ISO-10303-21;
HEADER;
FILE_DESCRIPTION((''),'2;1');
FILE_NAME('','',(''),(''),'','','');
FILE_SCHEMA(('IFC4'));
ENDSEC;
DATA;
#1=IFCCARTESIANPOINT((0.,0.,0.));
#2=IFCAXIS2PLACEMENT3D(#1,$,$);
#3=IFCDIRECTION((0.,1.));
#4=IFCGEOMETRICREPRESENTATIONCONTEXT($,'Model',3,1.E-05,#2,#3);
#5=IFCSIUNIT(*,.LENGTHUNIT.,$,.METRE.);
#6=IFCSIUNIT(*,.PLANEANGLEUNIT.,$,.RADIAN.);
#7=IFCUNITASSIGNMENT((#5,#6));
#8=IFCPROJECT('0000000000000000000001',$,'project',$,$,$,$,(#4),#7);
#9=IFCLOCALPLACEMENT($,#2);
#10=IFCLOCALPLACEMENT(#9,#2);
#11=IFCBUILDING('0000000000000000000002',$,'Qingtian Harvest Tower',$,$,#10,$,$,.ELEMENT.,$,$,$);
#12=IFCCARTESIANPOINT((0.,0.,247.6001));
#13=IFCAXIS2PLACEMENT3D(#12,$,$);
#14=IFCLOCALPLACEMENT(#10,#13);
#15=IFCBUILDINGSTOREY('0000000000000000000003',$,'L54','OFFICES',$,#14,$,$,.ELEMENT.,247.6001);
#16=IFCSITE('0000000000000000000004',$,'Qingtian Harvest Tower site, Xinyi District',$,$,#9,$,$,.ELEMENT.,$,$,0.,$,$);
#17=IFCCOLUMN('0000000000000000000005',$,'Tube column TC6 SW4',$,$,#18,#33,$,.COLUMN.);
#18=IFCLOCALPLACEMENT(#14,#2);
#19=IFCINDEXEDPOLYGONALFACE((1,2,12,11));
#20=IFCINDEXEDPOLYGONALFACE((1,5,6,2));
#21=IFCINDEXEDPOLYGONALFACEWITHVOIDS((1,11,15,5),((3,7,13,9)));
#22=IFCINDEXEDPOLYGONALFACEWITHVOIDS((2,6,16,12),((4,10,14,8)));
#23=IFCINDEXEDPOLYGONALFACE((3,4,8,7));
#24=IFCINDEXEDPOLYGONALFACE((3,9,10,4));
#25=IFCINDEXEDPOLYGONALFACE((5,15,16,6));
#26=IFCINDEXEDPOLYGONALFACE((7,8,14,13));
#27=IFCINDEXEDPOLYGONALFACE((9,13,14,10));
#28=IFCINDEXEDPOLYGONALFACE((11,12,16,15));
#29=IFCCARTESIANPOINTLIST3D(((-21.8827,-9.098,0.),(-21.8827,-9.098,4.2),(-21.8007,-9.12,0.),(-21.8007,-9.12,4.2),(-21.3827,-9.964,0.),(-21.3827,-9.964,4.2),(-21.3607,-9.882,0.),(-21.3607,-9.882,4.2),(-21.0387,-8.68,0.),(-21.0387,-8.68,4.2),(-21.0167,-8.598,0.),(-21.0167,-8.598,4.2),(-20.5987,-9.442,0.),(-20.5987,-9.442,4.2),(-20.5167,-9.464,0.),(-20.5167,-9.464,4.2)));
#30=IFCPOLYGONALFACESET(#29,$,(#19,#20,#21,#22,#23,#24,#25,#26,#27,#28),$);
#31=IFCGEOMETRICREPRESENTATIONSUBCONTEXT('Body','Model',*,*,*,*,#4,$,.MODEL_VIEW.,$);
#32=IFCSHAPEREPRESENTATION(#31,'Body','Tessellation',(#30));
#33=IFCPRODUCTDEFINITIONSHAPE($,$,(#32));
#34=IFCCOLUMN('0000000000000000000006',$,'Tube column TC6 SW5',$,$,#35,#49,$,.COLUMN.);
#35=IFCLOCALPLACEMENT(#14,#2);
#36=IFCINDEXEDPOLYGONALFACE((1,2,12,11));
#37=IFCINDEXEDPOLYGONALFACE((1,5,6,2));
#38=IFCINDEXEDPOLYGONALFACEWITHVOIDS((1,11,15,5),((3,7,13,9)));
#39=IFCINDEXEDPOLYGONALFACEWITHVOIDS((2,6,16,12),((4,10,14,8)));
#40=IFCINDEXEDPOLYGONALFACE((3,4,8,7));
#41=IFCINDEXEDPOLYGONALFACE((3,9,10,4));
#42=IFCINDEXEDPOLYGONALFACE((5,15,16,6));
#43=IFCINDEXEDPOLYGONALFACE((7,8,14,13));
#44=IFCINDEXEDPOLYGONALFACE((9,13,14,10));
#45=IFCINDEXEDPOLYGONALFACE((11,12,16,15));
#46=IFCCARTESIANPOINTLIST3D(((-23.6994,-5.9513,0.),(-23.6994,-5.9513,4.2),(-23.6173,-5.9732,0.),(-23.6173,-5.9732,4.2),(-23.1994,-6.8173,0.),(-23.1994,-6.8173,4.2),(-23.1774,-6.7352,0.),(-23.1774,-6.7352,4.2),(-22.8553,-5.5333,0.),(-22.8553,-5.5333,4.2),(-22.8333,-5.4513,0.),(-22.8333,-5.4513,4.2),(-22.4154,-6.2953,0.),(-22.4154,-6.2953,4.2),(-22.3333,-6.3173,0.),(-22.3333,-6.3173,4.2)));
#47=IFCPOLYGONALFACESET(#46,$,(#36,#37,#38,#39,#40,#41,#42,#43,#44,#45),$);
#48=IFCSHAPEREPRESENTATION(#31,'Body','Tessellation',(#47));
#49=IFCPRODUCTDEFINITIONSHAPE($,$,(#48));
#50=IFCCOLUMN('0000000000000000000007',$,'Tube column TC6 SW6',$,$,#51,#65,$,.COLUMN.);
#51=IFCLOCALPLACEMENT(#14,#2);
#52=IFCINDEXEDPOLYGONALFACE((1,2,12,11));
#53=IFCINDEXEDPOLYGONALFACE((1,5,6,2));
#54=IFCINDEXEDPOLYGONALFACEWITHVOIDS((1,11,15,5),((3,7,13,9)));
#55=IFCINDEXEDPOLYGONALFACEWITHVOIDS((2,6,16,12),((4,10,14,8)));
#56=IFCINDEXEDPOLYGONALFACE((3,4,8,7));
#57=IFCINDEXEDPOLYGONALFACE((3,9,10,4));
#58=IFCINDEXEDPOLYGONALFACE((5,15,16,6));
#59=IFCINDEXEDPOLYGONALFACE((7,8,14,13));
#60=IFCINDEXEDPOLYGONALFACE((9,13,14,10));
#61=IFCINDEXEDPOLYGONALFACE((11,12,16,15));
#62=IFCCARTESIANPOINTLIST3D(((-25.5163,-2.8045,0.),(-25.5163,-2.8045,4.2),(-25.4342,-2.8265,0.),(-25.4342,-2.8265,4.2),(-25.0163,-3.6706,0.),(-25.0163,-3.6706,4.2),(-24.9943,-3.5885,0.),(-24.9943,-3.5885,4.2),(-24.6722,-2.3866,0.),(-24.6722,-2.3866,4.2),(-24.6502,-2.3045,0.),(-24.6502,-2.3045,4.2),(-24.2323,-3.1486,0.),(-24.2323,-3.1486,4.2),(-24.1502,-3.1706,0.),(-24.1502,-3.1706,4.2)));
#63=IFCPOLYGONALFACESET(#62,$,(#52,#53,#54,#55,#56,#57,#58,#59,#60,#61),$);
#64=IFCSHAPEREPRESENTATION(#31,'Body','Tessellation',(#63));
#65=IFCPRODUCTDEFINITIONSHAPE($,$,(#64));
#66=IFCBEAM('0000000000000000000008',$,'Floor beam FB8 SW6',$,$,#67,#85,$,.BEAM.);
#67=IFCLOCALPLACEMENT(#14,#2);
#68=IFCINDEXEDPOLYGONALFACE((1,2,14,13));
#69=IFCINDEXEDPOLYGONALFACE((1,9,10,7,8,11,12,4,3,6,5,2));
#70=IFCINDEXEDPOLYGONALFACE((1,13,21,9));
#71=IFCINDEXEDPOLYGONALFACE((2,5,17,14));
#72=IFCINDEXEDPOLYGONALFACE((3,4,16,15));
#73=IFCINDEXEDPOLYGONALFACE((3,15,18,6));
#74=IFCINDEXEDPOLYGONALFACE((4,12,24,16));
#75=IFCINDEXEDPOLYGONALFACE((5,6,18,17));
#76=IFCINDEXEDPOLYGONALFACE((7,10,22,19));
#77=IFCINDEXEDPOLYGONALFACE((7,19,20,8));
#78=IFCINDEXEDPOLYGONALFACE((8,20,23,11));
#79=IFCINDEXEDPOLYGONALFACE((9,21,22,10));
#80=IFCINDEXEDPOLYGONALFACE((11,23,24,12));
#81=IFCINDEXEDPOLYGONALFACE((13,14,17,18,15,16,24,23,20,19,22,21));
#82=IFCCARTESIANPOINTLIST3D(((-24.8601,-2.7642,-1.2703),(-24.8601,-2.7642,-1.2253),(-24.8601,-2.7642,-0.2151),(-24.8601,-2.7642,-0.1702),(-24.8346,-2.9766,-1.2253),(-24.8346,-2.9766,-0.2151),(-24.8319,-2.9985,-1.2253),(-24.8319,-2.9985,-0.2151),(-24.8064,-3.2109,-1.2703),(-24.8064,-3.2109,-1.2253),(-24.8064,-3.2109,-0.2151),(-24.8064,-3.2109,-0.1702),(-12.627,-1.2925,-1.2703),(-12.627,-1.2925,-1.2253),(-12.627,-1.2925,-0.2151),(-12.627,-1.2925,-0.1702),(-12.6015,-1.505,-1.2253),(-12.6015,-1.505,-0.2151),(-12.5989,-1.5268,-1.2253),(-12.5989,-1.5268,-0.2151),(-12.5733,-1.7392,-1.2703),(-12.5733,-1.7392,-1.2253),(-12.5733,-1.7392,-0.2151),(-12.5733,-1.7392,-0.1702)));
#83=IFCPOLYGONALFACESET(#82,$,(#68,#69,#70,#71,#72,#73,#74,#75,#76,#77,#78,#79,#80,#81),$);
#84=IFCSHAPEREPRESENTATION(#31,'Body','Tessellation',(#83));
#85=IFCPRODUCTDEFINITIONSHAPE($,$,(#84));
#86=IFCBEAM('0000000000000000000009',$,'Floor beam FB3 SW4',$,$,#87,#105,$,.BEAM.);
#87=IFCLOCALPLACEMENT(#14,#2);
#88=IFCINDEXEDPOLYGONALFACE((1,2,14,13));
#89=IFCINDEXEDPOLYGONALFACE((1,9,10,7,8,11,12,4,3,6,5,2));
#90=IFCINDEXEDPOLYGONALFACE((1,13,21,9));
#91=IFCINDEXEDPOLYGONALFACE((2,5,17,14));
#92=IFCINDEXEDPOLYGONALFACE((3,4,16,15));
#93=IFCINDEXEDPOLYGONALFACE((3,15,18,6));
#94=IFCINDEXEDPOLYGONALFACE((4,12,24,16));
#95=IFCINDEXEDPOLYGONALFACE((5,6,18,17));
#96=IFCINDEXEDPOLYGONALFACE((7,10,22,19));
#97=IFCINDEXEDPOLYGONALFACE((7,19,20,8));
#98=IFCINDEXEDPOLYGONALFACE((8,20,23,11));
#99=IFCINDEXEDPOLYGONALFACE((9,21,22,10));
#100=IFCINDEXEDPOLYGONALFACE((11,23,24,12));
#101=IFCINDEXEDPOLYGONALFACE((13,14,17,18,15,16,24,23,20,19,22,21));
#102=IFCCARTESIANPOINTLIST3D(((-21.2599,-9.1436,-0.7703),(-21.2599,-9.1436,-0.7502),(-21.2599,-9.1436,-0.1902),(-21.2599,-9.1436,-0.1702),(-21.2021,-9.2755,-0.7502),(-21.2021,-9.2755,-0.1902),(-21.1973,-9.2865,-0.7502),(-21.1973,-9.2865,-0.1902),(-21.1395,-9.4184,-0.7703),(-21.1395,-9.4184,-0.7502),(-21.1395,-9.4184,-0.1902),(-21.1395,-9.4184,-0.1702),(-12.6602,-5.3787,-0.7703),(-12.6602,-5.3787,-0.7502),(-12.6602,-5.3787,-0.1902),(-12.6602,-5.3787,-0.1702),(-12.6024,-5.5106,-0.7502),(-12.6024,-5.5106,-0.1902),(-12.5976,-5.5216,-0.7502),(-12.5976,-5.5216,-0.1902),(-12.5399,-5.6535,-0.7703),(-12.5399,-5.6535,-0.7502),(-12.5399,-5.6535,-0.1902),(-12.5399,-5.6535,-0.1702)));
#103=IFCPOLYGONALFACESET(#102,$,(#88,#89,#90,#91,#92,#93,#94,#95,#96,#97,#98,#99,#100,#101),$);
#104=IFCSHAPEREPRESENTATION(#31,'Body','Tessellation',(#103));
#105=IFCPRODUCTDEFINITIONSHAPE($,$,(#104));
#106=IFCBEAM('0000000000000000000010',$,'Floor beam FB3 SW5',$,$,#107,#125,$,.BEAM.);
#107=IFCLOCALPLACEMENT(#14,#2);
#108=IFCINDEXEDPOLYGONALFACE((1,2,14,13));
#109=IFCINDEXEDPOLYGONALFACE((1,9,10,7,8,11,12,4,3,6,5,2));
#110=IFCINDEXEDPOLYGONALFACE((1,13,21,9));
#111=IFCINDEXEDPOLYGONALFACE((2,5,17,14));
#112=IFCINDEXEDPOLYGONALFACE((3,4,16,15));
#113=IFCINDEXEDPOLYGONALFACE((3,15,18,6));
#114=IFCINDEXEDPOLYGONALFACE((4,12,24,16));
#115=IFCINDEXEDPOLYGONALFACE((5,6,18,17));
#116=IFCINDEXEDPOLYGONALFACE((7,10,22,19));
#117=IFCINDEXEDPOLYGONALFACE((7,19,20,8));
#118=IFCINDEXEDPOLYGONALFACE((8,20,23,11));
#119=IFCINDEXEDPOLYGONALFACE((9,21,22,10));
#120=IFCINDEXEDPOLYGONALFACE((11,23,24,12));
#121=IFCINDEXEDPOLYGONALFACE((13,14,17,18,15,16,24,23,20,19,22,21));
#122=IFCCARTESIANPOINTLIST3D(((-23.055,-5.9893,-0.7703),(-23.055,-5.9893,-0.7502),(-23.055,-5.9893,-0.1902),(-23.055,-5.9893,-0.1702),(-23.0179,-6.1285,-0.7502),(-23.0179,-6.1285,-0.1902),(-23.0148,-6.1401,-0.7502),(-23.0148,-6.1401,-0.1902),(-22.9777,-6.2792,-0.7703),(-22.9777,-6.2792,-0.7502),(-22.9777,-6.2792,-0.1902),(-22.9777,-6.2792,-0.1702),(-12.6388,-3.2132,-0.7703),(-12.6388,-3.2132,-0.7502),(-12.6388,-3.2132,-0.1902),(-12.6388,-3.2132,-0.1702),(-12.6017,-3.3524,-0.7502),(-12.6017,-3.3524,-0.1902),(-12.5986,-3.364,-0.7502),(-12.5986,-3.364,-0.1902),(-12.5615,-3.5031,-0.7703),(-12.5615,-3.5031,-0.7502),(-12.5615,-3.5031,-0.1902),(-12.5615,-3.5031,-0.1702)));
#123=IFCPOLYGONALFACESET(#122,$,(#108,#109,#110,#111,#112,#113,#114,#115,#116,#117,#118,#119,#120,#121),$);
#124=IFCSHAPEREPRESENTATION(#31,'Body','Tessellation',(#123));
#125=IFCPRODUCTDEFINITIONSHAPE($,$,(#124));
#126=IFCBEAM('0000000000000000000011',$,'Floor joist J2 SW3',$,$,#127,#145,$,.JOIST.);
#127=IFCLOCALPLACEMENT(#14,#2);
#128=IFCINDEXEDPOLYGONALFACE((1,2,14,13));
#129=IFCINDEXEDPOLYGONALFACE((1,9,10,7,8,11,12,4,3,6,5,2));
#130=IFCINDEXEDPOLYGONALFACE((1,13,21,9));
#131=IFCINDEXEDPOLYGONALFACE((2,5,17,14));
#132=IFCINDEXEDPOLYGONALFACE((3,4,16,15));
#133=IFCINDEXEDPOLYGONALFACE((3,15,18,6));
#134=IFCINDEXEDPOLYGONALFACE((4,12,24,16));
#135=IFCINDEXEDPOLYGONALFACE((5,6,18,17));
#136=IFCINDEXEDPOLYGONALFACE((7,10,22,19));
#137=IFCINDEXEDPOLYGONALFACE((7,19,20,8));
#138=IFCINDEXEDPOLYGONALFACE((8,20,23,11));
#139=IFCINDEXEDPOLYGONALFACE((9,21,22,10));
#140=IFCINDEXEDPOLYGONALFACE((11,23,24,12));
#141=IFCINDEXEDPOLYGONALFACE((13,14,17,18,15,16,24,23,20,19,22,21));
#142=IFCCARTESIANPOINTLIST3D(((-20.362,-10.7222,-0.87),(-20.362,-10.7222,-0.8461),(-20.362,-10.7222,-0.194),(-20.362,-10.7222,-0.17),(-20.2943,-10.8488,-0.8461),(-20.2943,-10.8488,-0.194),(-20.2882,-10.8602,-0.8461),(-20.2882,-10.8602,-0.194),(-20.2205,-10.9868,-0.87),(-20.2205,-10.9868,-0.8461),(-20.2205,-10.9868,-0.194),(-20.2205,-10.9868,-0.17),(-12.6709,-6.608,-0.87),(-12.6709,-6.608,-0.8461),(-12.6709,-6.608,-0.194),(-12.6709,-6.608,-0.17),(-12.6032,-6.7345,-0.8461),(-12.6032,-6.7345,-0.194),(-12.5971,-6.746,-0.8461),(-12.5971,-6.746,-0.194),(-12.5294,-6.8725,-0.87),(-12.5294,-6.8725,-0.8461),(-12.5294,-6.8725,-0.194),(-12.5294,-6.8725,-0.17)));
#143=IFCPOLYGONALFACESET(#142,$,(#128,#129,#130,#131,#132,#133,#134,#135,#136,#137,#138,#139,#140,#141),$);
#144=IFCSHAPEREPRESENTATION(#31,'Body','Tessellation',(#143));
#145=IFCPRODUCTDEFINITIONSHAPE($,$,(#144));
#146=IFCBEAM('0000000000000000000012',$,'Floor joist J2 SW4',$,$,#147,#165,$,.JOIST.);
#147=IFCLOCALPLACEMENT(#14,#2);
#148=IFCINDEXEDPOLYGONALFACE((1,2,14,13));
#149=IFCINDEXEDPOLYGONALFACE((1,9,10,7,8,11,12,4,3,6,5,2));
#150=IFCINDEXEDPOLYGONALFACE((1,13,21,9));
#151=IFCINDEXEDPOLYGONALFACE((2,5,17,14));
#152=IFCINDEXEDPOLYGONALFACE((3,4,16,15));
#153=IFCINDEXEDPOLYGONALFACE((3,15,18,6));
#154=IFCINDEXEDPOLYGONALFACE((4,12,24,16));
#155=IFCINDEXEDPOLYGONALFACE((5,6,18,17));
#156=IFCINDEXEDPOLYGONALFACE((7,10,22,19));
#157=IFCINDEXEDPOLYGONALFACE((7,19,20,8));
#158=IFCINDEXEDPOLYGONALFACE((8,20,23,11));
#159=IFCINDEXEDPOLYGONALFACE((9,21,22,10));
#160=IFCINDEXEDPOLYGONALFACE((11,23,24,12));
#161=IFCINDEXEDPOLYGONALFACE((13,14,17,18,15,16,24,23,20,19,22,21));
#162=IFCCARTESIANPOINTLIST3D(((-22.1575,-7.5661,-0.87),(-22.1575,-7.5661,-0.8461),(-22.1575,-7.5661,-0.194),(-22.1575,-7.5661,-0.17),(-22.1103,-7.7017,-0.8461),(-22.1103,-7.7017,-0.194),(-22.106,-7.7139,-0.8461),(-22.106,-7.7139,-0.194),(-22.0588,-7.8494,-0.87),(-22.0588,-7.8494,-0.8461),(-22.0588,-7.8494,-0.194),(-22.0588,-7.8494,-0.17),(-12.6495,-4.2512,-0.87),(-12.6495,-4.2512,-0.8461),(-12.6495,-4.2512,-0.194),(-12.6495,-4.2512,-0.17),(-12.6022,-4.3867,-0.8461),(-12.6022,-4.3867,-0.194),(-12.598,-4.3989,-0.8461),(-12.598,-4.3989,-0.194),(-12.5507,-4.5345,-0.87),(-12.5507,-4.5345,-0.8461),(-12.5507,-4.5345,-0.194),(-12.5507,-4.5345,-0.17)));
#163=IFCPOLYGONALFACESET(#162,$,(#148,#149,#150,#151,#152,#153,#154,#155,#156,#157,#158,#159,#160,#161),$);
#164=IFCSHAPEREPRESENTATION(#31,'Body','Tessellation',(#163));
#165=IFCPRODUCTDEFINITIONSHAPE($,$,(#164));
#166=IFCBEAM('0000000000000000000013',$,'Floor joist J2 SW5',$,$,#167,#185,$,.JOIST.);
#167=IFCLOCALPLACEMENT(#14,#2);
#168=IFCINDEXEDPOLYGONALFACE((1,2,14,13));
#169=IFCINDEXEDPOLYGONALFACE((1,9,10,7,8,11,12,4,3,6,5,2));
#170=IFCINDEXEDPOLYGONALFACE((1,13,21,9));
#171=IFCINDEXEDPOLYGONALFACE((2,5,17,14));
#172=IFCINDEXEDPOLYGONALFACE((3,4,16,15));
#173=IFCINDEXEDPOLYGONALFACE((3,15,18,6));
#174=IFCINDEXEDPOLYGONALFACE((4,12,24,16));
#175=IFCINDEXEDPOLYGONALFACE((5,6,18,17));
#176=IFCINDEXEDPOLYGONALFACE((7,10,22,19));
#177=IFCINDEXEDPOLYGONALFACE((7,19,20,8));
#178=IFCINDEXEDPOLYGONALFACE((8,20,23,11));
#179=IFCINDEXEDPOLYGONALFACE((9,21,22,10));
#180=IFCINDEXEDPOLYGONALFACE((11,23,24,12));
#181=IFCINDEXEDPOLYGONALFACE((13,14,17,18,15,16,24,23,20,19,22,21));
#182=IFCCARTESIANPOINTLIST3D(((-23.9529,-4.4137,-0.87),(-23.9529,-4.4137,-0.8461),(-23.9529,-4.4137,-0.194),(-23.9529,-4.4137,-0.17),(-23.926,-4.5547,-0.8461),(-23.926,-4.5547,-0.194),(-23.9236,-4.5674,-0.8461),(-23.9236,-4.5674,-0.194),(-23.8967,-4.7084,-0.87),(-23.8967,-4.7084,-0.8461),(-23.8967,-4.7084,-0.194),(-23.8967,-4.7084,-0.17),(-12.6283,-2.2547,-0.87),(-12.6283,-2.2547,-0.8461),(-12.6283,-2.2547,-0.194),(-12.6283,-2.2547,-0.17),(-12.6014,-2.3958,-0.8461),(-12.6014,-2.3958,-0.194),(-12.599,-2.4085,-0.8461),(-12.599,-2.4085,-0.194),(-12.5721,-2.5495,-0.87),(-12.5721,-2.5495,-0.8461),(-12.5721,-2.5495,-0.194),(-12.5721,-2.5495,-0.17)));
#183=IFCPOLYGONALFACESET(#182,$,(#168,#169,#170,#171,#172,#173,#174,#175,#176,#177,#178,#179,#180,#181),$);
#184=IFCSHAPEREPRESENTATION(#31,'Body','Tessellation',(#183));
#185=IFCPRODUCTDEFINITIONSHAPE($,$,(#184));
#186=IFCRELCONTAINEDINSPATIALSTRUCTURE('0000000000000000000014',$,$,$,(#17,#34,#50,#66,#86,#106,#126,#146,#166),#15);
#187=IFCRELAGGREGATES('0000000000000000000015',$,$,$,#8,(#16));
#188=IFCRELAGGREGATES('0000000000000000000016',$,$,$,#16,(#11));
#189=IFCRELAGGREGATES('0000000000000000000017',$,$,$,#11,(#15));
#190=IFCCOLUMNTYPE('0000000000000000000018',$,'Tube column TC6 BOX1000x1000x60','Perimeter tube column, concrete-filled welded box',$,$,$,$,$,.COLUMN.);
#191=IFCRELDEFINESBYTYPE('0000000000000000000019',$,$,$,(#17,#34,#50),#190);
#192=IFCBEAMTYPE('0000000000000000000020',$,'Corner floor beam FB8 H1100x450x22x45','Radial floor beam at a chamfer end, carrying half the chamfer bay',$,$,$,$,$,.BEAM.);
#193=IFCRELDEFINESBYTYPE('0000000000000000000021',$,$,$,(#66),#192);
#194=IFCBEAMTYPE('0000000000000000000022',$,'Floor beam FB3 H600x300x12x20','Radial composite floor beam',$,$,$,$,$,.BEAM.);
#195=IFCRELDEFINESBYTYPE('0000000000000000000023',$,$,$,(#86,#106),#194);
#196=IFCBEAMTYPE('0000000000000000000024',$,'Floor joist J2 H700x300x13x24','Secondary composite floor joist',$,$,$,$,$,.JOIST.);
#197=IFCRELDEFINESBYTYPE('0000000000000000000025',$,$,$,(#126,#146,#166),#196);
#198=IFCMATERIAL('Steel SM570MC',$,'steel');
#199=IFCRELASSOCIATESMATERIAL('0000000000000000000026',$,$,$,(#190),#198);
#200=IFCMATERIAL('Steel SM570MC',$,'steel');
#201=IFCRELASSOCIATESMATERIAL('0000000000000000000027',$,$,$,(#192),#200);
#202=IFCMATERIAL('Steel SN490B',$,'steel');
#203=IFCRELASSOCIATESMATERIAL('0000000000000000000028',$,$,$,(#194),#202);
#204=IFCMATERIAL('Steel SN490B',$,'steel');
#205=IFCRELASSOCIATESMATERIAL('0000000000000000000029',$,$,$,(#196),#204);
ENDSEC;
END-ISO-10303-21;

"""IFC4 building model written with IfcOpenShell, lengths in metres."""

from ifc_helpers import new_model, si_unit, direction, frame, origin, origin_2d, place, context, subcontext, project, spatial, hollow_rectangle, i_section, extrude, material, material_profile, profile_set, type_object, element, save


model = new_model("IFC4")

# Units and contexts
model_context = context("Model", 3, precision=1e-05, world=origin(), true_north=direction((0.0, 1.0)))
body_context = subcontext(model_context, "Body", "Model", "MODEL_VIEW")
ifc_project = project(units=[si_unit("LENGTHUNIT", "METRE"), si_unit("PLANEANGLEUNIT", "RADIAN")], contexts=[model_context])

# Site, building, storey
site_placement = place(None, origin())
site = spatial("IfcSite", under=ifc_project, at=site_placement, Name="Qingtian Harvest Tower site, Xinyi District", CompositionType="ELEMENT", RefElevation=0.0)
building_placement = place(site_placement, origin())
building = spatial("IfcBuilding", under=site, at=building_placement, Name="Qingtian Harvest Tower", CompositionType="ELEMENT")
storey_placement = place(building_placement, frame((0.0, 0.0, 247.6001)))
storey = spatial("IfcBuildingStorey", under=building, at=storey_placement, Name="L54", Description="OFFICES", CompositionType="ELEMENT", Elevation=247.6001)

# Columns
ifc_material_1 = material(Name="Steel SM570MC", Category="steel")
ifc_material_profile_1 = material_profile(ifc_material_1, hollow_rectangle(XDim=1.0, YDim=1.0, WallThickness=0.0601, at=origin_2d()), Name="BOX1000x1000x60")
ifc_profile_set_1 = profile_set([ifc_material_profile_1], Name="Steel SM570MC")
column_type = type_object("IfcColumnType", Name="Tube column TC6 BOX1000x1000x60", Description="Perimeter tube column, concrete-filled welded box", PredefinedType="COLUMN", material=ifc_profile_set_1)
for number, where, z_axis, x_axis, name in (
    (1, (-21.1997, -9.281, 0.0), (0.0, 0.0, 1.0), (0.5, -0.866025, 0.0), "Tube column TC6 SW4"),
    (2, (-23.0164, -6.1343, 0.0), (0.0, 0.0, 1.0), (0.5, -0.866025, 0.0), "Tube column TC6 SW5"),
    (3, (-24.8333, -2.9875, 0.0), (0.0, 0.0, 1.0), (0.5, -0.866025, 0.0), "Tube column TC6 SW6"),
):
    element("IfcColumn", number, at=place(storey_placement, frame(where, z_axis=z_axis, x_axis=x_axis)), inside=storey, type_object=column_type, Name=name, PredefinedType="COLUMN", context=body_context, shape_type="SweptSolid", body=[
        extrude(hollow_rectangle(XDim=1.0, YDim=1.0, WallThickness=0.0601, at=origin_2d()), origin(), (0.0, 0.0, 1.0), 4.2),
    ])

# Beams
ifc_material_2 = material(Name="Steel SM570MC", Category="steel")
ifc_material_profile_2 = material_profile(ifc_material_2, i_section(OverallWidth=0.45, OverallDepth=1.1001, WebThickness=0.022, FlangeThickness=0.0449, at=origin_2d()), Name="H1100x450x22x45")
ifc_profile_set_2 = profile_set([ifc_material_profile_2], Name="Steel SM570MC")
beam_type_1 = type_object("IfcBeamType", Name="Corner floor beam FB8 H1100x450x22x45", Description="Radial floor beam at a chamfer end, carrying half the chamfer bay", PredefinedType="BEAM", material=ifc_profile_set_2)
beam_1_placement = place(storey_placement, frame((-24.8333, -2.9875, -0.7202), z_axis=(0.992841, 0.119441, 0.0), x_axis=(-0.119441, 0.992841, 0.0)))
element("IfcBeam", 4, at=beam_1_placement, inside=storey, type_object=beam_type_1, Name="Floor beam FB8 SW6", PredefinedType="BEAM", context=body_context, shape_type="SweptSolid", body=[
    extrude(i_section(OverallWidth=0.45, OverallDepth=1.1001, WebThickness=0.022, FlangeThickness=0.0449, at=origin_2d()), origin(), (0.0, 0.0, 1.0), 12.3213),
])
ifc_material_3 = material(Name="Steel SN490B", Category="steel")
ifc_material_profile_3 = material_profile(ifc_material_3, i_section(OverallWidth=0.3, OverallDepth=0.6001, WebThickness=0.012, FlangeThickness=0.02, at=origin_2d()), Name="H600x300x12x20")
ifc_profile_set_3 = profile_set([ifc_material_profile_3], Name="Steel SN490B")
beam_type_2 = type_object("IfcBeamType", Name="Floor beam FB3 H600x300x12x20", Description="Radial composite floor beam", PredefinedType="BEAM", material=ifc_profile_set_3)
beam_2_placement = place(storey_placement, frame((-21.1997, -9.281, -0.4702), z_axis=(0.916057, 0.401048, 0.0), x_axis=(-0.401048, 0.916057, 0.0)))
element("IfcBeam", 5, at=beam_2_placement, inside=storey, type_object=beam_type_2, Name="Floor beam FB3 SW4", PredefinedType="BEAM", context=body_context, shape_type="SweptSolid", body=[
    extrude(i_section(OverallWidth=0.3, OverallDepth=0.6001, WebThickness=0.012, FlangeThickness=0.02, at=origin_2d()), origin(), (0.0, 0.0, 1.0), 9.3877),
])
beam_3_placement = place(storey_placement, frame((-23.0164, -6.1343, -0.4702), z_axis=(0.966271, 0.257529, 0.0), x_axis=(-0.257529, 0.966271, 0.0)))
element("IfcBeam", 6, at=beam_3_placement, inside=storey, type_object=beam_type_2, Name="Floor beam FB3 SW5", PredefinedType="BEAM", context=body_context, shape_type="SweptSolid", body=[
    extrude(i_section(OverallWidth=0.3, OverallDepth=0.6001, WebThickness=0.012, FlangeThickness=0.02, at=origin_2d()), origin(), (0.0, 0.0, 1.0), 10.7798),
])
ifc_material_4 = material(Name="Steel SN490B", Category="steel")
ifc_material_profile_4 = material_profile(ifc_material_4, i_section(OverallWidth=0.3, OverallDepth=0.7, WebThickness=0.0129, FlangeThickness=0.0239, at=origin_2d()), Name="H700x300x13x24")
ifc_profile_set_4 = profile_set([ifc_material_profile_4], Name="Steel SN490B")
beam_type_3 = type_object("IfcBeamType", Name="Floor joist J2 H700x300x13x24", Description="Secondary composite floor joist", PredefinedType="JOIST", material=ifc_profile_set_4)
beam_4_placement = place(storey_placement, frame((-20.2913, -10.8545, -0.52), z_axis=(0.881767, 0.471686, 0.0), x_axis=(-0.471686, 0.881767, 0.0)))
element("IfcBeam", 7, at=beam_4_placement, inside=storey, type_object=beam_type_3, Name="Floor joist J2 SW3", PredefinedType="JOIST", context=body_context, shape_type="SweptSolid", body=[
    extrude(i_section(OverallWidth=0.3, OverallDepth=0.7, WebThickness=0.0129, FlangeThickness=0.0239, at=origin_2d()), origin(), (0.0, 0.0, 1.0), 8.7224),
])
beam_5_placement = place(storey_placement, frame((-22.1082, -7.7078, -0.52), z_axis=(0.944256, 0.329211, 0.0), x_axis=(-0.329211, 0.944256, 0.0)))
element("IfcBeam", 8, at=beam_5_placement, inside=storey, type_object=beam_type_3, Name="Floor joist J2 SW4", PredefinedType="JOIST", context=body_context, shape_type="SweptSolid", body=[
    extrude(i_section(OverallWidth=0.3, OverallDepth=0.7, WebThickness=0.0129, FlangeThickness=0.0239, at=origin_2d()), origin(), (0.0, 0.0, 1.0), 10.0693),
])
beam_6_placement = place(storey_placement, frame((-23.9248, -4.561, -0.52), z_axis=(0.982309, 0.187267, 0.0), x_axis=(-0.187267, 0.982309, 0.0)))
element("IfcBeam", 9, at=beam_6_placement, inside=storey, type_object=beam_type_3, Name="Floor joist J2 SW5", PredefinedType="JOIST", context=body_context, shape_type="SweptSolid", body=[
    extrude(i_section(OverallWidth=0.3, OverallDepth=0.7, WebThickness=0.0129, FlangeThickness=0.0239, at=origin_2d()), origin(), (0.0, 0.0, 1.0), 11.5286),
])

save(model, "model.ifc")
